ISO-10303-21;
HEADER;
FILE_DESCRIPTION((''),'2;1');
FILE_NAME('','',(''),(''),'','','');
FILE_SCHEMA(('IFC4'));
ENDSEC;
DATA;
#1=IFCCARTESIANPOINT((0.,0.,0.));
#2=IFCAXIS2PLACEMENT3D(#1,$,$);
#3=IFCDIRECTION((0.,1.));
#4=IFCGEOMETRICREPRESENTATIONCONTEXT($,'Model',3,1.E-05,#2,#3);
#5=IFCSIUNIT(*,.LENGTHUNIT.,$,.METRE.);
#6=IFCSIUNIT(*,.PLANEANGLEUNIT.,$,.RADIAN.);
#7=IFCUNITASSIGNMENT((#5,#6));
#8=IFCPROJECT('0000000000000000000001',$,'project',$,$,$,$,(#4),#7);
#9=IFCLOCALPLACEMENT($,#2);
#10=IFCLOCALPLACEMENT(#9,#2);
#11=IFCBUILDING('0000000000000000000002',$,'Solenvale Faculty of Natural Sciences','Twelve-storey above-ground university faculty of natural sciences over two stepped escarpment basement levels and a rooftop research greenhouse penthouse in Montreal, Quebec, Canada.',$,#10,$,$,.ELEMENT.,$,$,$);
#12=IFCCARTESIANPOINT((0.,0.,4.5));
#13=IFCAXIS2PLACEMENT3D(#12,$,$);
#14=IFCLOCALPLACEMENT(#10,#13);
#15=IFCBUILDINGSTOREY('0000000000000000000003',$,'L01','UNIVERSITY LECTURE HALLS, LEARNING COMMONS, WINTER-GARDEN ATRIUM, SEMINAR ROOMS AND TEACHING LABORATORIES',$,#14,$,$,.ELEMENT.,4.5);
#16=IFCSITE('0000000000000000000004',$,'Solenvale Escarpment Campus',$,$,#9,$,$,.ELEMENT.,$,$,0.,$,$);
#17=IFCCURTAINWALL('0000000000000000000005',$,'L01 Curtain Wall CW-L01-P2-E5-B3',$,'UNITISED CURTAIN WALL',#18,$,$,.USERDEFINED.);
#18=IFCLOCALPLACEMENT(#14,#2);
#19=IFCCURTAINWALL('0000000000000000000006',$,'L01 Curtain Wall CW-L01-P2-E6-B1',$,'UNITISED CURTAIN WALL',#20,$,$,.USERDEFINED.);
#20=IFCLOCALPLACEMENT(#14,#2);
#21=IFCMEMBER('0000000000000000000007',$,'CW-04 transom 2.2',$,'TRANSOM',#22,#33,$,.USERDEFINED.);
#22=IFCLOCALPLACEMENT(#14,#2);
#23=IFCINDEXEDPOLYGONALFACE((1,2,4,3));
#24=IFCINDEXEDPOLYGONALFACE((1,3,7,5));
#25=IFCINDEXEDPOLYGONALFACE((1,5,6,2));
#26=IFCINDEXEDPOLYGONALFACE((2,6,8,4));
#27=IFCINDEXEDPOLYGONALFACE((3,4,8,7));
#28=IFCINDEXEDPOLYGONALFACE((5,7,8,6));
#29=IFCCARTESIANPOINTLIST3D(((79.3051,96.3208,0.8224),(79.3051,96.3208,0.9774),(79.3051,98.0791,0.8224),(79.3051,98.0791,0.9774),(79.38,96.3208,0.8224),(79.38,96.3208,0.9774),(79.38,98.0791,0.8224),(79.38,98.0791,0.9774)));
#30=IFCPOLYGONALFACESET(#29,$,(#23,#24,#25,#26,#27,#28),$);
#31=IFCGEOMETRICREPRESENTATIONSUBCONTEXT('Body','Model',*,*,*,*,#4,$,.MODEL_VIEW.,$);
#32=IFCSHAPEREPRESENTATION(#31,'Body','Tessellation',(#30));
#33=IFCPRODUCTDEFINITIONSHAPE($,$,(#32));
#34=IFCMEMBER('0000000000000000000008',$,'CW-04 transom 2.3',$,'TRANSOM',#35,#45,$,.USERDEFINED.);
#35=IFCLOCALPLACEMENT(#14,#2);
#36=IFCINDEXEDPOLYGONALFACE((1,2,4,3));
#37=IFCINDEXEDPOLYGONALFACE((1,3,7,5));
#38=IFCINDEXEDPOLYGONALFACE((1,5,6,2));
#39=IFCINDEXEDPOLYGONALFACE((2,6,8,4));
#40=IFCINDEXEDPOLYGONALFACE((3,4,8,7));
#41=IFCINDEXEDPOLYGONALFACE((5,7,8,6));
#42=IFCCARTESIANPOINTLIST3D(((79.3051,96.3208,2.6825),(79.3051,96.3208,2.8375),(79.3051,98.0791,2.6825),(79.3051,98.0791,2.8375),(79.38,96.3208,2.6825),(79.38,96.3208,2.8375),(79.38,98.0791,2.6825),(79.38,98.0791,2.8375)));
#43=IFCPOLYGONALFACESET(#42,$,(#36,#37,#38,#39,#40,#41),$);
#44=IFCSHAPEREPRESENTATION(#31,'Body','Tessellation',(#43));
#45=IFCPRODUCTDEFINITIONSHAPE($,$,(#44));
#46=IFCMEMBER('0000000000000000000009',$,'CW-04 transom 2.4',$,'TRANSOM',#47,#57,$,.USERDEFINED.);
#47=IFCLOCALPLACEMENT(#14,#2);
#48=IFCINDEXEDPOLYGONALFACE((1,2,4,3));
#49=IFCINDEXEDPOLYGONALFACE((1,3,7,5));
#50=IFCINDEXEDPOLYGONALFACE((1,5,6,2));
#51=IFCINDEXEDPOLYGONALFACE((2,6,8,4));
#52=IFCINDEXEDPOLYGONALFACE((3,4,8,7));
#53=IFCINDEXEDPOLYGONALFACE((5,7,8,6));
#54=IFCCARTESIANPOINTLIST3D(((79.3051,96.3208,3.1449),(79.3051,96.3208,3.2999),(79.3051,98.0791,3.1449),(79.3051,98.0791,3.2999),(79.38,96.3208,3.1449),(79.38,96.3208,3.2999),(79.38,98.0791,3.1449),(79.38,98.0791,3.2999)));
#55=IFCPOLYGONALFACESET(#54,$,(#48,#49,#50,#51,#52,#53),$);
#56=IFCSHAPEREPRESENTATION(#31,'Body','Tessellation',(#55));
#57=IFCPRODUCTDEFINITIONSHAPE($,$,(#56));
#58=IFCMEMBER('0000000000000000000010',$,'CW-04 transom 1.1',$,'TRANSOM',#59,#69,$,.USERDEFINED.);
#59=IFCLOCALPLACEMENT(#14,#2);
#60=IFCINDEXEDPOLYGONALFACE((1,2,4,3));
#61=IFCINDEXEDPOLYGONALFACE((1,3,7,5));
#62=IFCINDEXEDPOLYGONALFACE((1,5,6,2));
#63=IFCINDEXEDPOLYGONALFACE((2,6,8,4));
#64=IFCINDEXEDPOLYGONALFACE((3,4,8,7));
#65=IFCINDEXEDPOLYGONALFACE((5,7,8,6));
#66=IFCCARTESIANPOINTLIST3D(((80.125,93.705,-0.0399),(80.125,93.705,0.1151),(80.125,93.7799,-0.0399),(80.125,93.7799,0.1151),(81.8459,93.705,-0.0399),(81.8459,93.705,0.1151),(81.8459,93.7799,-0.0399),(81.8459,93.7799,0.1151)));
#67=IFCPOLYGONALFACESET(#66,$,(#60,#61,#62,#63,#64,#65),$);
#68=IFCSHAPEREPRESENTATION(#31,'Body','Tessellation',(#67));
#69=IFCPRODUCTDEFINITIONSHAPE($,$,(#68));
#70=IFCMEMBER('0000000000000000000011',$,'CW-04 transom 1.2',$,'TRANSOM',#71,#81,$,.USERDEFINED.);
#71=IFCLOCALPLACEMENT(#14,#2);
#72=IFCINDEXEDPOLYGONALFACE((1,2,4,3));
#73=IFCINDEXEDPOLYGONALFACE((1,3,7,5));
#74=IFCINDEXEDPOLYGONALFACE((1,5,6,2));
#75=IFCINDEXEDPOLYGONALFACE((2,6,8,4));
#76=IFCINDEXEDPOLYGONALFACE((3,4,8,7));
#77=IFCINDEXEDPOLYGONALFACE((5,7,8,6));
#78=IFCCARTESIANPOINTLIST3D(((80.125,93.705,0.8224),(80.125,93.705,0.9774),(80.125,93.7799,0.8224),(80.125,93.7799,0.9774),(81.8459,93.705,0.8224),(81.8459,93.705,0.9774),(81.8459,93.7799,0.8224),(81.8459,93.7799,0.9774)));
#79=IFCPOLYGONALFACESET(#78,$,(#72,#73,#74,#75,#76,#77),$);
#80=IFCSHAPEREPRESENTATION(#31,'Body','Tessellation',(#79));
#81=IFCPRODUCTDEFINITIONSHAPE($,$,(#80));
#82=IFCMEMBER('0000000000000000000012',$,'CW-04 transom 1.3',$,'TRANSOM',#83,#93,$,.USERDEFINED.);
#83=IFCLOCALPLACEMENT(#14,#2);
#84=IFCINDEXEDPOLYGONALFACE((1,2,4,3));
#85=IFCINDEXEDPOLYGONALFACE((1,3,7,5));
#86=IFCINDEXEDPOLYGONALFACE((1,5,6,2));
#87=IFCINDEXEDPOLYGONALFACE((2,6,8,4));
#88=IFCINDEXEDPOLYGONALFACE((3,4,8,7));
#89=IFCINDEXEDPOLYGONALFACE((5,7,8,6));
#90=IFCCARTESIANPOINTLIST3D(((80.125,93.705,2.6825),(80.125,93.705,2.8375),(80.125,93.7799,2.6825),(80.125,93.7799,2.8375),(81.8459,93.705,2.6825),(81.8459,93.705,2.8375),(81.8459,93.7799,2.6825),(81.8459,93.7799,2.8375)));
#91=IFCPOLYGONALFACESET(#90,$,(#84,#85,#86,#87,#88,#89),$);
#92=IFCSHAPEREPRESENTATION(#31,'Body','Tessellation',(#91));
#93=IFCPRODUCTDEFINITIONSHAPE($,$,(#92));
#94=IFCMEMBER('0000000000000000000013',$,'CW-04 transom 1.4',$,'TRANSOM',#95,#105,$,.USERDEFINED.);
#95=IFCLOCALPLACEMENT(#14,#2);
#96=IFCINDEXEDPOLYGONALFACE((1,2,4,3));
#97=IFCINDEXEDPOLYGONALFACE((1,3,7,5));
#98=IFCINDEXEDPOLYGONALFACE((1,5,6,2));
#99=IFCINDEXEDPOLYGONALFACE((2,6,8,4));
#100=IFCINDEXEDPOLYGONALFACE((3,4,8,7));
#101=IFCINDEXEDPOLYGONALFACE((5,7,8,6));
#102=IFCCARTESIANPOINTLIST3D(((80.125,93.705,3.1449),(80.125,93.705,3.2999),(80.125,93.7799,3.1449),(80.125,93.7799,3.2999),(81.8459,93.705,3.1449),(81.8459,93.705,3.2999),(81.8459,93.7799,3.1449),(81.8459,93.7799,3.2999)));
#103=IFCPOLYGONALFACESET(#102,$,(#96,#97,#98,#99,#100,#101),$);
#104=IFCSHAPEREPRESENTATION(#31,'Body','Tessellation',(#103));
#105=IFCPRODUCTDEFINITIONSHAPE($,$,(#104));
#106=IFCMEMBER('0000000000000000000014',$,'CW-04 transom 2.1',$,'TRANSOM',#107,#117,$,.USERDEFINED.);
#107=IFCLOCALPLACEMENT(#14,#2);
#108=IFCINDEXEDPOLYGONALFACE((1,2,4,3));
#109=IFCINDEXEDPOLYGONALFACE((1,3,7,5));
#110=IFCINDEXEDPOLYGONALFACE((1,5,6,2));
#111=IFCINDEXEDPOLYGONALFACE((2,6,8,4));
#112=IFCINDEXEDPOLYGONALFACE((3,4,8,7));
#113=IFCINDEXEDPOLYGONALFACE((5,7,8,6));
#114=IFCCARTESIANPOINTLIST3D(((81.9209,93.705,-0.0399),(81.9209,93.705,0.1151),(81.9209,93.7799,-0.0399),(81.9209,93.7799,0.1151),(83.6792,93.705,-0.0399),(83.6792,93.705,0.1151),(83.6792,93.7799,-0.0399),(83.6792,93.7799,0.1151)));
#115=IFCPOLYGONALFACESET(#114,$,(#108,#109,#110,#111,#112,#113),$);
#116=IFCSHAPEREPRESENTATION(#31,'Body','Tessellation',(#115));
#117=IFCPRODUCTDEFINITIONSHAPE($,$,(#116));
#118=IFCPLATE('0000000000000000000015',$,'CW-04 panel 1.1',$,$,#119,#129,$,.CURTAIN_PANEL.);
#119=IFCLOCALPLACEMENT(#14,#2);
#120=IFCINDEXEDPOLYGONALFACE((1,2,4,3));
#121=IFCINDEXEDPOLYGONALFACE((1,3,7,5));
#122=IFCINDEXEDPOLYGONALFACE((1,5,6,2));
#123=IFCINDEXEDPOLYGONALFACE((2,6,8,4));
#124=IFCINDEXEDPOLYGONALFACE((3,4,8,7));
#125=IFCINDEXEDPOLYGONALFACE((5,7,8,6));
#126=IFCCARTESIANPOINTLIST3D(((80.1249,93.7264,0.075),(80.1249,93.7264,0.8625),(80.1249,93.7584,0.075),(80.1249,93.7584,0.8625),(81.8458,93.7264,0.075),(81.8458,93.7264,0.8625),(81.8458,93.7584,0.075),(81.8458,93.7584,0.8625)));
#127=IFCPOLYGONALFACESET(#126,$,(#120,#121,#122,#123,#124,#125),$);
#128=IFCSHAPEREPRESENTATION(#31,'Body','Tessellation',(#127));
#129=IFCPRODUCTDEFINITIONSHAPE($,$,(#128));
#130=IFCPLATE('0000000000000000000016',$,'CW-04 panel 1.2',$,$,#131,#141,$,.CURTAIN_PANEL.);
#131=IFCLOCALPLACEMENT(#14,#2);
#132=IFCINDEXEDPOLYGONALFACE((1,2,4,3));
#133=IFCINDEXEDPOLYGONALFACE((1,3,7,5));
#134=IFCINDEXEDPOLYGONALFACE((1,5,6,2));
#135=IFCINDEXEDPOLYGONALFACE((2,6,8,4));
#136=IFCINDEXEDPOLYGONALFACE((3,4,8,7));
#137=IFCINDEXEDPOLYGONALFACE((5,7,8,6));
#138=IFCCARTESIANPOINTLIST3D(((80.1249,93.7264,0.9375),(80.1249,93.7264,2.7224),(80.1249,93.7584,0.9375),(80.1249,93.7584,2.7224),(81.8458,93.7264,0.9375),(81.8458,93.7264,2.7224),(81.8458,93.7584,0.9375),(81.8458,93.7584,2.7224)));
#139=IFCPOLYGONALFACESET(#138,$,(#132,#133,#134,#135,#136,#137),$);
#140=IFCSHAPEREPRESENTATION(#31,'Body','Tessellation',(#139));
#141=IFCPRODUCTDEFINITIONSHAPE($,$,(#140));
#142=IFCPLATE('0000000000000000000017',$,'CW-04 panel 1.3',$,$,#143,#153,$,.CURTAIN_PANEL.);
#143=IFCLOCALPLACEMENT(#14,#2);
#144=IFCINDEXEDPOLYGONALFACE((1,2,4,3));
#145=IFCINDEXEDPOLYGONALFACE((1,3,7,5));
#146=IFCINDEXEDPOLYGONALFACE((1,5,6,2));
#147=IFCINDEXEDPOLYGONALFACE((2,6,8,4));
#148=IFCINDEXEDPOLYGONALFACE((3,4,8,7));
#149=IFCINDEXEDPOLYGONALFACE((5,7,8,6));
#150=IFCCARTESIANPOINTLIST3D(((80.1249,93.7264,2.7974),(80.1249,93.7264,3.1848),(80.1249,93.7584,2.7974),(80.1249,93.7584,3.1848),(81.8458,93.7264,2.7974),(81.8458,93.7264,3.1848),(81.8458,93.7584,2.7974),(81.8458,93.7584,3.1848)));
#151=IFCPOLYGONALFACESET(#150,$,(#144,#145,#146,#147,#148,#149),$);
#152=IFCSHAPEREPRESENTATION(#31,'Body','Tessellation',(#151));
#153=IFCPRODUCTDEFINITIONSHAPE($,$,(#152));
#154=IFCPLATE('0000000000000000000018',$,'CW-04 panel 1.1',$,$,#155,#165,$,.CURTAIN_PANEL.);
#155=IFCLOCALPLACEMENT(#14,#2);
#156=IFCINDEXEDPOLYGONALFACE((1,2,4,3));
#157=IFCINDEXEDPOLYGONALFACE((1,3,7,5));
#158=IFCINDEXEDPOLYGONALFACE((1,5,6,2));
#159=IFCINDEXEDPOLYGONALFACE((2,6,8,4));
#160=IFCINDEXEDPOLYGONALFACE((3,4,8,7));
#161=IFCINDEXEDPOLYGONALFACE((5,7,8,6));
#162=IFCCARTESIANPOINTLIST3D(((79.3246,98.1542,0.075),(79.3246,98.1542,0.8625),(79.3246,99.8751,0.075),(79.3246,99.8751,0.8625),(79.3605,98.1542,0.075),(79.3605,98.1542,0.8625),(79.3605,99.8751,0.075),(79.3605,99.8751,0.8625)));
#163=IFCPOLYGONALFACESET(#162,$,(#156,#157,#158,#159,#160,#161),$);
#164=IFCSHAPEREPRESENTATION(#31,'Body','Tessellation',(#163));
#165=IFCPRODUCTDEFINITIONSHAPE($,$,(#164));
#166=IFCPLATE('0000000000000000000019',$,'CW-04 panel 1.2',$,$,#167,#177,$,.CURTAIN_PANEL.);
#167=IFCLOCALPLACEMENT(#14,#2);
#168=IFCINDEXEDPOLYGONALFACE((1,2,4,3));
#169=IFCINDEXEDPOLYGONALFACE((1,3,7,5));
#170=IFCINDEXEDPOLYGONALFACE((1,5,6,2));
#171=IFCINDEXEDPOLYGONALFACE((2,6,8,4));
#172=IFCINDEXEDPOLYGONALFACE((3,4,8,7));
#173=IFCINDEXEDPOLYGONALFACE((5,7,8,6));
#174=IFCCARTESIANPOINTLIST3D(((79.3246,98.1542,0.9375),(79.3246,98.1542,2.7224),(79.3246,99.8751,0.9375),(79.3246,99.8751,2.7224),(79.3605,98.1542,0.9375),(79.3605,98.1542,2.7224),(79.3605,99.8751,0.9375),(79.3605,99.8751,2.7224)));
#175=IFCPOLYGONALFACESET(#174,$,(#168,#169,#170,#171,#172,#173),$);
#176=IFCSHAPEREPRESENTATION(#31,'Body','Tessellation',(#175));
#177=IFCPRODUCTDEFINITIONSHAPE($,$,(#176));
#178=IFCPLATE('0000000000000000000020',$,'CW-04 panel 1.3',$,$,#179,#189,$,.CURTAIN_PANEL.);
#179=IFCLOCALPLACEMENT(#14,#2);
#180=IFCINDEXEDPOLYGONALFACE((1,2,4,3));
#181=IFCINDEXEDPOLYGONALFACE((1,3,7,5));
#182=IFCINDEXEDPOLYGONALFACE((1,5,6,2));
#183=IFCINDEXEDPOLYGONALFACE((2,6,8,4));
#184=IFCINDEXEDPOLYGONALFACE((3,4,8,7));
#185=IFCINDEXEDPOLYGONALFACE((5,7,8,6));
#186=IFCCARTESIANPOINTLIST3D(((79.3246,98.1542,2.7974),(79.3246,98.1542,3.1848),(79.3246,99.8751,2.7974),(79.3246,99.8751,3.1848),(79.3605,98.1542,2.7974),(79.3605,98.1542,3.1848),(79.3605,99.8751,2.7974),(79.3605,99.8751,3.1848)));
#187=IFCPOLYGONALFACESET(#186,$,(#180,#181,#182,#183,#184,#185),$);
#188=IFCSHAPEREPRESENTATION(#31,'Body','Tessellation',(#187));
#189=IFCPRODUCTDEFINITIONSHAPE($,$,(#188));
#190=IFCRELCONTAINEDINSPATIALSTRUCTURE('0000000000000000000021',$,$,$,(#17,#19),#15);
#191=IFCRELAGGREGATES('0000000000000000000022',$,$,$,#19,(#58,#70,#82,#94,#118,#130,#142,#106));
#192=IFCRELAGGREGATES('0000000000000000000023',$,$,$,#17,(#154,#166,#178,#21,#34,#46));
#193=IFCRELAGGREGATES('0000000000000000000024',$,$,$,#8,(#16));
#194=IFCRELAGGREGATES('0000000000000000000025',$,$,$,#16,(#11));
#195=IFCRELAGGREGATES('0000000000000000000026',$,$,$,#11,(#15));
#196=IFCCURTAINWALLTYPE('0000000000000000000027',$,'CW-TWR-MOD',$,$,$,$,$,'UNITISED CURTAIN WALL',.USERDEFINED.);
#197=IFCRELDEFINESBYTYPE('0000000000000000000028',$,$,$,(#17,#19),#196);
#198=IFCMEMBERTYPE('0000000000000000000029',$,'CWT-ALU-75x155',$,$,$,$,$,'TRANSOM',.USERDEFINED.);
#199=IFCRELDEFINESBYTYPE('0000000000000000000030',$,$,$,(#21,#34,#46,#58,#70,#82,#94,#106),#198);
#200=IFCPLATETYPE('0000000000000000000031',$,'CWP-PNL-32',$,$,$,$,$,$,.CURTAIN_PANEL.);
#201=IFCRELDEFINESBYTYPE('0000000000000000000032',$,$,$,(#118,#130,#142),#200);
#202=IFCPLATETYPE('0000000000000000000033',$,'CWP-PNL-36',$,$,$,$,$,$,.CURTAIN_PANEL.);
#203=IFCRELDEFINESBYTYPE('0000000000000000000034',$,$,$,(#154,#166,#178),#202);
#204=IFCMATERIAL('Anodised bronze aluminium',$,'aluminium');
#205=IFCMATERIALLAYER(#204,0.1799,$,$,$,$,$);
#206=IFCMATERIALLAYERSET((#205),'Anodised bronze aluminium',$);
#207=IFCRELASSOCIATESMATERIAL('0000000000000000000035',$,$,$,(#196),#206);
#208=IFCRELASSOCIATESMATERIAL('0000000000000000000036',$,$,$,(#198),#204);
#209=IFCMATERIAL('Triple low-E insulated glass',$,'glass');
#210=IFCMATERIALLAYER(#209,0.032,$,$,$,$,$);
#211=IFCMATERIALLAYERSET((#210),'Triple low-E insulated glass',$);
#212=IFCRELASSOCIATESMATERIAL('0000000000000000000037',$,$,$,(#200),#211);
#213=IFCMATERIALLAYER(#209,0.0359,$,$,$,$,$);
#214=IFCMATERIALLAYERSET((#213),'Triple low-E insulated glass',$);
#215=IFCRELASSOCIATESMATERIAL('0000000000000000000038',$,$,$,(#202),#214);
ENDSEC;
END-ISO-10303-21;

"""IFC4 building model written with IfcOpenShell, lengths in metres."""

from ifc_helpers import new_model, si_unit, direction, frame, origin, origin_2d, place, context, subcontext, project, spatial, rectangle, extrude, material, layer, layer_set, material_profile, profile_set, type_object, element, aggregate, save


model = new_model("IFC4")

# Units and contexts
model_context = context("Model", 3, precision=1e-05, world=origin(), true_north=direction((0.0, 1.0)))
body_context = subcontext(model_context, "Body", "Model", "MODEL_VIEW")
ifc_project = project(units=[si_unit("LENGTHUNIT", "METRE"), si_unit("PLANEANGLEUNIT", "RADIAN")], contexts=[model_context])

# Site, building, storey
site_placement = place(None, origin())
site = spatial("IfcSite", under=ifc_project, at=site_placement, Name="Solenvale Escarpment Campus", CompositionType="ELEMENT", RefElevation=0.0)
building_placement = place(site_placement, origin())
building = spatial("IfcBuilding", under=site, at=building_placement, Name="Solenvale Faculty of Natural Sciences", Description="Twelve-storey above-ground university faculty of natural sciences over two stepped escarpment basement levels and a rooftop research greenhouse penthouse in Montreal, Quebec, Canada.", CompositionType="ELEMENT")
storey_placement = place(building_placement, frame((0.0, 0.0, 4.5)))
storey = spatial("IfcBuildingStorey", under=building, at=storey_placement, Name="L01", Description="UNIVERSITY LECTURE HALLS, LEARNING COMMONS, WINTER-GARDEN ATRIUM, SEMINAR ROOMS AND TEACHING LABORATORIES", CompositionType="ELEMENT", Elevation=4.5)

# Curtain wall
ifc_material_1 = material(Name="Anodised bronze aluminium", Category="aluminium")
ifc_layer_1 = layer(ifc_material_1, 0.1799)
ifc_layer_set_1 = layer_set([ifc_layer_1], Name="Anodised bronze aluminium")
curtain_wall_type = type_object("IfcCurtainWallType", Name="CW-TWR-MOD", ElementType="UNITISED CURTAIN WALL", PredefinedType="USERDEFINED", material=ifc_layer_set_1)
curtain_wall_1_placement = place(storey_placement, origin())
curtain_wall_1 = element("IfcCurtainWall", 1, at=curtain_wall_1_placement, inside=storey, type_object=curtain_wall_type, Name="L01 Curtain Wall CW-L01-P2-E5-B3", ObjectType="UNITISED CURTAIN WALL", PredefinedType="USERDEFINED")

# Curtain wall
curtain_wall_2_placement = place(storey_placement, origin())
curtain_wall_2 = element("IfcCurtainWall", 2, at=curtain_wall_2_placement, inside=storey, type_object=curtain_wall_type, Name="L01 Curtain Wall CW-L01-P2-E6-B1", ObjectType="UNITISED CURTAIN WALL", PredefinedType="USERDEFINED")

# Members
ifc_material_profile_1 = material_profile(ifc_material_1, rectangle(XDim=0.075, YDim=0.155, at=origin_2d()), Name="ALU-TRN-75x155")
ifc_profile_set_1 = profile_set([ifc_material_profile_1], Name="Anodised bronze aluminium")
member_type_1 = type_object("IfcMemberType", Name="CWT-ALU-75x155", ElementType="TRANSOM", PredefinedType="USERDEFINED", material=ifc_profile_set_1)
member_1_placement = place(storey_placement, frame((79.3425, 98.0791, 0.8999), z_axis=(0.0, -1.0, 0.0), x_axis=(1.0, 0.0, 0.0)))
member_1 = element("IfcMember", 3, at=member_1_placement, type_object=member_type_1, Name="CW-04 transom 2.2", ObjectType="TRANSOM", PredefinedType="USERDEFINED", context=body_context, shape_type="SweptSolid", body=[
    extrude(rectangle(XDim=0.075, YDim=0.155, at=origin_2d()), origin(), (0.0, 0.0, 1.0), 1.7583),
])
member_2_placement = place(storey_placement, frame((79.3425, 98.0791, 2.76), z_axis=(0.0, -1.0, 0.0), x_axis=(1.0, 0.0, 0.0)))
member_2 = element("IfcMember", 4, at=member_2_placement, type_object=member_type_1, Name="CW-04 transom 2.3", ObjectType="TRANSOM", PredefinedType="USERDEFINED", context=body_context, shape_type="SweptSolid", body=[
    extrude(rectangle(XDim=0.075, YDim=0.155, at=origin_2d()), origin(), (0.0, 0.0, 1.0), 1.7583),
])
member_3_placement = place(storey_placement, frame((79.3425, 98.0791, 3.2224), z_axis=(0.0, -1.0, 0.0), x_axis=(1.0, 0.0, 0.0)))
member_3 = element("IfcMember", 5, at=member_3_placement, type_object=member_type_1, Name="CW-04 transom 2.4", ObjectType="TRANSOM", PredefinedType="USERDEFINED", context=body_context, shape_type="SweptSolid", body=[
    extrude(rectangle(XDim=0.075, YDim=0.155, at=origin_2d()), origin(), (0.0, 0.0, 1.0), 1.7583),
])
member_4_placement = place(storey_placement, frame((80.125, 93.7424, 0.0376), z_axis=(1.0, 0.0, 0.0), x_axis=(0.0, 1.0, 0.0)))
member_4 = element("IfcMember", 6, at=member_4_placement, type_object=member_type_1, Name="CW-04 transom 1.1", ObjectType="TRANSOM", PredefinedType="USERDEFINED", context=body_context, shape_type="SweptSolid", body=[
    extrude(rectangle(XDim=0.075, YDim=0.155, at=origin_2d()), origin(), (0.0, 0.0, 1.0), 1.7209),
])
member_5_placement = place(storey_placement, frame((80.125, 93.7424, 0.8999), z_axis=(1.0, 0.0, 0.0), x_axis=(0.0, 1.0, 0.0)))
member_5 = element("IfcMember", 7, at=member_5_placement, type_object=member_type_1, Name="CW-04 transom 1.2", ObjectType="TRANSOM", PredefinedType="USERDEFINED", context=body_context, shape_type="SweptSolid", body=[
    extrude(rectangle(XDim=0.075, YDim=0.155, at=origin_2d()), origin(), (0.0, 0.0, 1.0), 1.7209),
])
member_6_placement = place(storey_placement, frame((80.125, 93.7424, 2.76), z_axis=(1.0, 0.0, 0.0), x_axis=(0.0, 1.0, 0.0)))
member_6 = element("IfcMember", 8, at=member_6_placement, type_object=member_type_1, Name="CW-04 transom 1.3", ObjectType="TRANSOM", PredefinedType="USERDEFINED", context=body_context, shape_type="SweptSolid", body=[
    extrude(rectangle(XDim=0.075, YDim=0.155, at=origin_2d()), origin(), (0.0, 0.0, 1.0), 1.7209),
])
member_7_placement = place(storey_placement, frame((80.125, 93.7424, 3.2224), z_axis=(1.0, 0.0, 0.0), x_axis=(0.0, 1.0, 0.0)))
member_7 = element("IfcMember", 9, at=member_7_placement, type_object=member_type_1, Name="CW-04 transom 1.4", ObjectType="TRANSOM", PredefinedType="USERDEFINED", context=body_context, shape_type="SweptSolid", body=[
    extrude(rectangle(XDim=0.075, YDim=0.155, at=origin_2d()), origin(), (0.0, 0.0, 1.0), 1.7209),
])
member_8_placement = place(storey_placement, frame((81.9209, 93.7424, 0.0376), z_axis=(1.0, 0.0, 0.0), x_axis=(0.0, 1.0, 0.0)))
member_8 = element("IfcMember", 10, at=member_8_placement, type_object=member_type_1, Name="CW-04 transom 2.1", ObjectType="TRANSOM", PredefinedType="USERDEFINED", context=body_context, shape_type="SweptSolid", body=[
    extrude(rectangle(XDim=0.075, YDim=0.155, at=origin_2d()), origin(), (0.0, 0.0, 1.0), 1.7583),
])

# Plates
ifc_material_2 = material(Name="Triple low-E insulated glass", Category="glass")
ifc_layer_2 = layer(ifc_material_2, 0.032)
ifc_layer_set_2 = layer_set([ifc_layer_2], Name="Triple low-E insulated glass")
plate_type_1 = type_object("IfcPlateType", Name="CWP-PNL-32", PredefinedType="CURTAIN_PANEL", material=ifc_layer_set_2)
plate_1_placement = place(storey_placement, frame((80.9854, 93.7424, 0.075), z_axis=(0.0, 0.0, 1.0), x_axis=(1.0, 0.0, 0.0)))
plate_1 = element("IfcPlate", 11, at=plate_1_placement, type_object=plate_type_1, Name="CW-04 panel 1.1", PredefinedType="CURTAIN_PANEL", context=body_context, shape_type="SweptSolid", body=[
    extrude(rectangle(XDim=1.7209, YDim=0.032, at=origin_2d()), origin(), (0.0, 0.0, 1.0), 0.7876),
])
plate_2_placement = place(storey_placement, frame((80.9854, 93.7424, 0.9375), z_axis=(0.0, 0.0, 1.0), x_axis=(1.0, 0.0, 0.0)))
plate_2 = element("IfcPlate", 12, at=plate_2_placement, type_object=plate_type_1, Name="CW-04 panel 1.2", PredefinedType="CURTAIN_PANEL", context=body_context, shape_type="SweptSolid", body=[
    extrude(rectangle(XDim=1.7209, YDim=0.032, at=origin_2d()), origin(), (0.0, 0.0, 1.0), 1.7849),
])
plate_3_placement = place(storey_placement, frame((80.9854, 93.7424, 2.7974), z_axis=(0.0, 0.0, 1.0), x_axis=(1.0, 0.0, 0.0)))
plate_3 = element("IfcPlate", 13, at=plate_3_placement, type_object=plate_type_1, Name="CW-04 panel 1.3", PredefinedType="CURTAIN_PANEL", context=body_context, shape_type="SweptSolid", body=[
    extrude(rectangle(XDim=1.7209, YDim=0.032, at=origin_2d()), origin(), (0.0, 0.0, 1.0), 0.3875),
])
aggregate(curtain_wall_2, [member_4, member_5, member_6, member_7, plate_1, plate_2, plate_3, member_8])
ifc_layer_3 = layer(ifc_material_2, 0.0359)
ifc_layer_set_3 = layer_set([ifc_layer_3], Name="Triple low-E insulated glass")
plate_type_2 = type_object("IfcPlateType", Name="CWP-PNL-36", PredefinedType="CURTAIN_PANEL", material=ifc_layer_set_3)
plate_4_placement = place(storey_placement, frame((79.3425, 99.0146, 0.075), z_axis=(0.0, 0.0, 1.0), x_axis=(0.0, -1.0, 0.0)))
plate_4 = element("IfcPlate", 14, at=plate_4_placement, type_object=plate_type_2, Name="CW-04 panel 1.1", PredefinedType="CURTAIN_PANEL", context=body_context, shape_type="SweptSolid", body=[
    extrude(rectangle(XDim=1.7209, YDim=0.0359, at=origin_2d()), origin(), (0.0, 0.0, 1.0), 0.7876),
])
plate_5_placement = place(storey_placement, frame((79.3425, 99.0146, 0.9375), z_axis=(0.0, 0.0, 1.0), x_axis=(0.0, -1.0, 0.0)))
plate_5 = element("IfcPlate", 15, at=plate_5_placement, type_object=plate_type_2, Name="CW-04 panel 1.2", PredefinedType="CURTAIN_PANEL", context=body_context, shape_type="SweptSolid", body=[
    extrude(rectangle(XDim=1.7209, YDim=0.0359, at=origin_2d()), origin(), (0.0, 0.0, 1.0), 1.7849),
])
plate_6_placement = place(storey_placement, frame((79.3425, 99.0146, 2.7974), z_axis=(0.0, 0.0, 1.0), x_axis=(0.0, -1.0, 0.0)))
plate_6 = element("IfcPlate", 16, at=plate_6_placement, type_object=plate_type_2, Name="CW-04 panel 1.3", PredefinedType="CURTAIN_PANEL", context=body_context, shape_type="SweptSolid", body=[
    extrude(rectangle(XDim=1.7209, YDim=0.0359, at=origin_2d()), origin(), (0.0, 0.0, 1.0), 0.3875),
])
aggregate(curtain_wall_1, [plate_4, plate_5, plate_6, member_1, member_2, member_3])

save(model, "model.ifc")
